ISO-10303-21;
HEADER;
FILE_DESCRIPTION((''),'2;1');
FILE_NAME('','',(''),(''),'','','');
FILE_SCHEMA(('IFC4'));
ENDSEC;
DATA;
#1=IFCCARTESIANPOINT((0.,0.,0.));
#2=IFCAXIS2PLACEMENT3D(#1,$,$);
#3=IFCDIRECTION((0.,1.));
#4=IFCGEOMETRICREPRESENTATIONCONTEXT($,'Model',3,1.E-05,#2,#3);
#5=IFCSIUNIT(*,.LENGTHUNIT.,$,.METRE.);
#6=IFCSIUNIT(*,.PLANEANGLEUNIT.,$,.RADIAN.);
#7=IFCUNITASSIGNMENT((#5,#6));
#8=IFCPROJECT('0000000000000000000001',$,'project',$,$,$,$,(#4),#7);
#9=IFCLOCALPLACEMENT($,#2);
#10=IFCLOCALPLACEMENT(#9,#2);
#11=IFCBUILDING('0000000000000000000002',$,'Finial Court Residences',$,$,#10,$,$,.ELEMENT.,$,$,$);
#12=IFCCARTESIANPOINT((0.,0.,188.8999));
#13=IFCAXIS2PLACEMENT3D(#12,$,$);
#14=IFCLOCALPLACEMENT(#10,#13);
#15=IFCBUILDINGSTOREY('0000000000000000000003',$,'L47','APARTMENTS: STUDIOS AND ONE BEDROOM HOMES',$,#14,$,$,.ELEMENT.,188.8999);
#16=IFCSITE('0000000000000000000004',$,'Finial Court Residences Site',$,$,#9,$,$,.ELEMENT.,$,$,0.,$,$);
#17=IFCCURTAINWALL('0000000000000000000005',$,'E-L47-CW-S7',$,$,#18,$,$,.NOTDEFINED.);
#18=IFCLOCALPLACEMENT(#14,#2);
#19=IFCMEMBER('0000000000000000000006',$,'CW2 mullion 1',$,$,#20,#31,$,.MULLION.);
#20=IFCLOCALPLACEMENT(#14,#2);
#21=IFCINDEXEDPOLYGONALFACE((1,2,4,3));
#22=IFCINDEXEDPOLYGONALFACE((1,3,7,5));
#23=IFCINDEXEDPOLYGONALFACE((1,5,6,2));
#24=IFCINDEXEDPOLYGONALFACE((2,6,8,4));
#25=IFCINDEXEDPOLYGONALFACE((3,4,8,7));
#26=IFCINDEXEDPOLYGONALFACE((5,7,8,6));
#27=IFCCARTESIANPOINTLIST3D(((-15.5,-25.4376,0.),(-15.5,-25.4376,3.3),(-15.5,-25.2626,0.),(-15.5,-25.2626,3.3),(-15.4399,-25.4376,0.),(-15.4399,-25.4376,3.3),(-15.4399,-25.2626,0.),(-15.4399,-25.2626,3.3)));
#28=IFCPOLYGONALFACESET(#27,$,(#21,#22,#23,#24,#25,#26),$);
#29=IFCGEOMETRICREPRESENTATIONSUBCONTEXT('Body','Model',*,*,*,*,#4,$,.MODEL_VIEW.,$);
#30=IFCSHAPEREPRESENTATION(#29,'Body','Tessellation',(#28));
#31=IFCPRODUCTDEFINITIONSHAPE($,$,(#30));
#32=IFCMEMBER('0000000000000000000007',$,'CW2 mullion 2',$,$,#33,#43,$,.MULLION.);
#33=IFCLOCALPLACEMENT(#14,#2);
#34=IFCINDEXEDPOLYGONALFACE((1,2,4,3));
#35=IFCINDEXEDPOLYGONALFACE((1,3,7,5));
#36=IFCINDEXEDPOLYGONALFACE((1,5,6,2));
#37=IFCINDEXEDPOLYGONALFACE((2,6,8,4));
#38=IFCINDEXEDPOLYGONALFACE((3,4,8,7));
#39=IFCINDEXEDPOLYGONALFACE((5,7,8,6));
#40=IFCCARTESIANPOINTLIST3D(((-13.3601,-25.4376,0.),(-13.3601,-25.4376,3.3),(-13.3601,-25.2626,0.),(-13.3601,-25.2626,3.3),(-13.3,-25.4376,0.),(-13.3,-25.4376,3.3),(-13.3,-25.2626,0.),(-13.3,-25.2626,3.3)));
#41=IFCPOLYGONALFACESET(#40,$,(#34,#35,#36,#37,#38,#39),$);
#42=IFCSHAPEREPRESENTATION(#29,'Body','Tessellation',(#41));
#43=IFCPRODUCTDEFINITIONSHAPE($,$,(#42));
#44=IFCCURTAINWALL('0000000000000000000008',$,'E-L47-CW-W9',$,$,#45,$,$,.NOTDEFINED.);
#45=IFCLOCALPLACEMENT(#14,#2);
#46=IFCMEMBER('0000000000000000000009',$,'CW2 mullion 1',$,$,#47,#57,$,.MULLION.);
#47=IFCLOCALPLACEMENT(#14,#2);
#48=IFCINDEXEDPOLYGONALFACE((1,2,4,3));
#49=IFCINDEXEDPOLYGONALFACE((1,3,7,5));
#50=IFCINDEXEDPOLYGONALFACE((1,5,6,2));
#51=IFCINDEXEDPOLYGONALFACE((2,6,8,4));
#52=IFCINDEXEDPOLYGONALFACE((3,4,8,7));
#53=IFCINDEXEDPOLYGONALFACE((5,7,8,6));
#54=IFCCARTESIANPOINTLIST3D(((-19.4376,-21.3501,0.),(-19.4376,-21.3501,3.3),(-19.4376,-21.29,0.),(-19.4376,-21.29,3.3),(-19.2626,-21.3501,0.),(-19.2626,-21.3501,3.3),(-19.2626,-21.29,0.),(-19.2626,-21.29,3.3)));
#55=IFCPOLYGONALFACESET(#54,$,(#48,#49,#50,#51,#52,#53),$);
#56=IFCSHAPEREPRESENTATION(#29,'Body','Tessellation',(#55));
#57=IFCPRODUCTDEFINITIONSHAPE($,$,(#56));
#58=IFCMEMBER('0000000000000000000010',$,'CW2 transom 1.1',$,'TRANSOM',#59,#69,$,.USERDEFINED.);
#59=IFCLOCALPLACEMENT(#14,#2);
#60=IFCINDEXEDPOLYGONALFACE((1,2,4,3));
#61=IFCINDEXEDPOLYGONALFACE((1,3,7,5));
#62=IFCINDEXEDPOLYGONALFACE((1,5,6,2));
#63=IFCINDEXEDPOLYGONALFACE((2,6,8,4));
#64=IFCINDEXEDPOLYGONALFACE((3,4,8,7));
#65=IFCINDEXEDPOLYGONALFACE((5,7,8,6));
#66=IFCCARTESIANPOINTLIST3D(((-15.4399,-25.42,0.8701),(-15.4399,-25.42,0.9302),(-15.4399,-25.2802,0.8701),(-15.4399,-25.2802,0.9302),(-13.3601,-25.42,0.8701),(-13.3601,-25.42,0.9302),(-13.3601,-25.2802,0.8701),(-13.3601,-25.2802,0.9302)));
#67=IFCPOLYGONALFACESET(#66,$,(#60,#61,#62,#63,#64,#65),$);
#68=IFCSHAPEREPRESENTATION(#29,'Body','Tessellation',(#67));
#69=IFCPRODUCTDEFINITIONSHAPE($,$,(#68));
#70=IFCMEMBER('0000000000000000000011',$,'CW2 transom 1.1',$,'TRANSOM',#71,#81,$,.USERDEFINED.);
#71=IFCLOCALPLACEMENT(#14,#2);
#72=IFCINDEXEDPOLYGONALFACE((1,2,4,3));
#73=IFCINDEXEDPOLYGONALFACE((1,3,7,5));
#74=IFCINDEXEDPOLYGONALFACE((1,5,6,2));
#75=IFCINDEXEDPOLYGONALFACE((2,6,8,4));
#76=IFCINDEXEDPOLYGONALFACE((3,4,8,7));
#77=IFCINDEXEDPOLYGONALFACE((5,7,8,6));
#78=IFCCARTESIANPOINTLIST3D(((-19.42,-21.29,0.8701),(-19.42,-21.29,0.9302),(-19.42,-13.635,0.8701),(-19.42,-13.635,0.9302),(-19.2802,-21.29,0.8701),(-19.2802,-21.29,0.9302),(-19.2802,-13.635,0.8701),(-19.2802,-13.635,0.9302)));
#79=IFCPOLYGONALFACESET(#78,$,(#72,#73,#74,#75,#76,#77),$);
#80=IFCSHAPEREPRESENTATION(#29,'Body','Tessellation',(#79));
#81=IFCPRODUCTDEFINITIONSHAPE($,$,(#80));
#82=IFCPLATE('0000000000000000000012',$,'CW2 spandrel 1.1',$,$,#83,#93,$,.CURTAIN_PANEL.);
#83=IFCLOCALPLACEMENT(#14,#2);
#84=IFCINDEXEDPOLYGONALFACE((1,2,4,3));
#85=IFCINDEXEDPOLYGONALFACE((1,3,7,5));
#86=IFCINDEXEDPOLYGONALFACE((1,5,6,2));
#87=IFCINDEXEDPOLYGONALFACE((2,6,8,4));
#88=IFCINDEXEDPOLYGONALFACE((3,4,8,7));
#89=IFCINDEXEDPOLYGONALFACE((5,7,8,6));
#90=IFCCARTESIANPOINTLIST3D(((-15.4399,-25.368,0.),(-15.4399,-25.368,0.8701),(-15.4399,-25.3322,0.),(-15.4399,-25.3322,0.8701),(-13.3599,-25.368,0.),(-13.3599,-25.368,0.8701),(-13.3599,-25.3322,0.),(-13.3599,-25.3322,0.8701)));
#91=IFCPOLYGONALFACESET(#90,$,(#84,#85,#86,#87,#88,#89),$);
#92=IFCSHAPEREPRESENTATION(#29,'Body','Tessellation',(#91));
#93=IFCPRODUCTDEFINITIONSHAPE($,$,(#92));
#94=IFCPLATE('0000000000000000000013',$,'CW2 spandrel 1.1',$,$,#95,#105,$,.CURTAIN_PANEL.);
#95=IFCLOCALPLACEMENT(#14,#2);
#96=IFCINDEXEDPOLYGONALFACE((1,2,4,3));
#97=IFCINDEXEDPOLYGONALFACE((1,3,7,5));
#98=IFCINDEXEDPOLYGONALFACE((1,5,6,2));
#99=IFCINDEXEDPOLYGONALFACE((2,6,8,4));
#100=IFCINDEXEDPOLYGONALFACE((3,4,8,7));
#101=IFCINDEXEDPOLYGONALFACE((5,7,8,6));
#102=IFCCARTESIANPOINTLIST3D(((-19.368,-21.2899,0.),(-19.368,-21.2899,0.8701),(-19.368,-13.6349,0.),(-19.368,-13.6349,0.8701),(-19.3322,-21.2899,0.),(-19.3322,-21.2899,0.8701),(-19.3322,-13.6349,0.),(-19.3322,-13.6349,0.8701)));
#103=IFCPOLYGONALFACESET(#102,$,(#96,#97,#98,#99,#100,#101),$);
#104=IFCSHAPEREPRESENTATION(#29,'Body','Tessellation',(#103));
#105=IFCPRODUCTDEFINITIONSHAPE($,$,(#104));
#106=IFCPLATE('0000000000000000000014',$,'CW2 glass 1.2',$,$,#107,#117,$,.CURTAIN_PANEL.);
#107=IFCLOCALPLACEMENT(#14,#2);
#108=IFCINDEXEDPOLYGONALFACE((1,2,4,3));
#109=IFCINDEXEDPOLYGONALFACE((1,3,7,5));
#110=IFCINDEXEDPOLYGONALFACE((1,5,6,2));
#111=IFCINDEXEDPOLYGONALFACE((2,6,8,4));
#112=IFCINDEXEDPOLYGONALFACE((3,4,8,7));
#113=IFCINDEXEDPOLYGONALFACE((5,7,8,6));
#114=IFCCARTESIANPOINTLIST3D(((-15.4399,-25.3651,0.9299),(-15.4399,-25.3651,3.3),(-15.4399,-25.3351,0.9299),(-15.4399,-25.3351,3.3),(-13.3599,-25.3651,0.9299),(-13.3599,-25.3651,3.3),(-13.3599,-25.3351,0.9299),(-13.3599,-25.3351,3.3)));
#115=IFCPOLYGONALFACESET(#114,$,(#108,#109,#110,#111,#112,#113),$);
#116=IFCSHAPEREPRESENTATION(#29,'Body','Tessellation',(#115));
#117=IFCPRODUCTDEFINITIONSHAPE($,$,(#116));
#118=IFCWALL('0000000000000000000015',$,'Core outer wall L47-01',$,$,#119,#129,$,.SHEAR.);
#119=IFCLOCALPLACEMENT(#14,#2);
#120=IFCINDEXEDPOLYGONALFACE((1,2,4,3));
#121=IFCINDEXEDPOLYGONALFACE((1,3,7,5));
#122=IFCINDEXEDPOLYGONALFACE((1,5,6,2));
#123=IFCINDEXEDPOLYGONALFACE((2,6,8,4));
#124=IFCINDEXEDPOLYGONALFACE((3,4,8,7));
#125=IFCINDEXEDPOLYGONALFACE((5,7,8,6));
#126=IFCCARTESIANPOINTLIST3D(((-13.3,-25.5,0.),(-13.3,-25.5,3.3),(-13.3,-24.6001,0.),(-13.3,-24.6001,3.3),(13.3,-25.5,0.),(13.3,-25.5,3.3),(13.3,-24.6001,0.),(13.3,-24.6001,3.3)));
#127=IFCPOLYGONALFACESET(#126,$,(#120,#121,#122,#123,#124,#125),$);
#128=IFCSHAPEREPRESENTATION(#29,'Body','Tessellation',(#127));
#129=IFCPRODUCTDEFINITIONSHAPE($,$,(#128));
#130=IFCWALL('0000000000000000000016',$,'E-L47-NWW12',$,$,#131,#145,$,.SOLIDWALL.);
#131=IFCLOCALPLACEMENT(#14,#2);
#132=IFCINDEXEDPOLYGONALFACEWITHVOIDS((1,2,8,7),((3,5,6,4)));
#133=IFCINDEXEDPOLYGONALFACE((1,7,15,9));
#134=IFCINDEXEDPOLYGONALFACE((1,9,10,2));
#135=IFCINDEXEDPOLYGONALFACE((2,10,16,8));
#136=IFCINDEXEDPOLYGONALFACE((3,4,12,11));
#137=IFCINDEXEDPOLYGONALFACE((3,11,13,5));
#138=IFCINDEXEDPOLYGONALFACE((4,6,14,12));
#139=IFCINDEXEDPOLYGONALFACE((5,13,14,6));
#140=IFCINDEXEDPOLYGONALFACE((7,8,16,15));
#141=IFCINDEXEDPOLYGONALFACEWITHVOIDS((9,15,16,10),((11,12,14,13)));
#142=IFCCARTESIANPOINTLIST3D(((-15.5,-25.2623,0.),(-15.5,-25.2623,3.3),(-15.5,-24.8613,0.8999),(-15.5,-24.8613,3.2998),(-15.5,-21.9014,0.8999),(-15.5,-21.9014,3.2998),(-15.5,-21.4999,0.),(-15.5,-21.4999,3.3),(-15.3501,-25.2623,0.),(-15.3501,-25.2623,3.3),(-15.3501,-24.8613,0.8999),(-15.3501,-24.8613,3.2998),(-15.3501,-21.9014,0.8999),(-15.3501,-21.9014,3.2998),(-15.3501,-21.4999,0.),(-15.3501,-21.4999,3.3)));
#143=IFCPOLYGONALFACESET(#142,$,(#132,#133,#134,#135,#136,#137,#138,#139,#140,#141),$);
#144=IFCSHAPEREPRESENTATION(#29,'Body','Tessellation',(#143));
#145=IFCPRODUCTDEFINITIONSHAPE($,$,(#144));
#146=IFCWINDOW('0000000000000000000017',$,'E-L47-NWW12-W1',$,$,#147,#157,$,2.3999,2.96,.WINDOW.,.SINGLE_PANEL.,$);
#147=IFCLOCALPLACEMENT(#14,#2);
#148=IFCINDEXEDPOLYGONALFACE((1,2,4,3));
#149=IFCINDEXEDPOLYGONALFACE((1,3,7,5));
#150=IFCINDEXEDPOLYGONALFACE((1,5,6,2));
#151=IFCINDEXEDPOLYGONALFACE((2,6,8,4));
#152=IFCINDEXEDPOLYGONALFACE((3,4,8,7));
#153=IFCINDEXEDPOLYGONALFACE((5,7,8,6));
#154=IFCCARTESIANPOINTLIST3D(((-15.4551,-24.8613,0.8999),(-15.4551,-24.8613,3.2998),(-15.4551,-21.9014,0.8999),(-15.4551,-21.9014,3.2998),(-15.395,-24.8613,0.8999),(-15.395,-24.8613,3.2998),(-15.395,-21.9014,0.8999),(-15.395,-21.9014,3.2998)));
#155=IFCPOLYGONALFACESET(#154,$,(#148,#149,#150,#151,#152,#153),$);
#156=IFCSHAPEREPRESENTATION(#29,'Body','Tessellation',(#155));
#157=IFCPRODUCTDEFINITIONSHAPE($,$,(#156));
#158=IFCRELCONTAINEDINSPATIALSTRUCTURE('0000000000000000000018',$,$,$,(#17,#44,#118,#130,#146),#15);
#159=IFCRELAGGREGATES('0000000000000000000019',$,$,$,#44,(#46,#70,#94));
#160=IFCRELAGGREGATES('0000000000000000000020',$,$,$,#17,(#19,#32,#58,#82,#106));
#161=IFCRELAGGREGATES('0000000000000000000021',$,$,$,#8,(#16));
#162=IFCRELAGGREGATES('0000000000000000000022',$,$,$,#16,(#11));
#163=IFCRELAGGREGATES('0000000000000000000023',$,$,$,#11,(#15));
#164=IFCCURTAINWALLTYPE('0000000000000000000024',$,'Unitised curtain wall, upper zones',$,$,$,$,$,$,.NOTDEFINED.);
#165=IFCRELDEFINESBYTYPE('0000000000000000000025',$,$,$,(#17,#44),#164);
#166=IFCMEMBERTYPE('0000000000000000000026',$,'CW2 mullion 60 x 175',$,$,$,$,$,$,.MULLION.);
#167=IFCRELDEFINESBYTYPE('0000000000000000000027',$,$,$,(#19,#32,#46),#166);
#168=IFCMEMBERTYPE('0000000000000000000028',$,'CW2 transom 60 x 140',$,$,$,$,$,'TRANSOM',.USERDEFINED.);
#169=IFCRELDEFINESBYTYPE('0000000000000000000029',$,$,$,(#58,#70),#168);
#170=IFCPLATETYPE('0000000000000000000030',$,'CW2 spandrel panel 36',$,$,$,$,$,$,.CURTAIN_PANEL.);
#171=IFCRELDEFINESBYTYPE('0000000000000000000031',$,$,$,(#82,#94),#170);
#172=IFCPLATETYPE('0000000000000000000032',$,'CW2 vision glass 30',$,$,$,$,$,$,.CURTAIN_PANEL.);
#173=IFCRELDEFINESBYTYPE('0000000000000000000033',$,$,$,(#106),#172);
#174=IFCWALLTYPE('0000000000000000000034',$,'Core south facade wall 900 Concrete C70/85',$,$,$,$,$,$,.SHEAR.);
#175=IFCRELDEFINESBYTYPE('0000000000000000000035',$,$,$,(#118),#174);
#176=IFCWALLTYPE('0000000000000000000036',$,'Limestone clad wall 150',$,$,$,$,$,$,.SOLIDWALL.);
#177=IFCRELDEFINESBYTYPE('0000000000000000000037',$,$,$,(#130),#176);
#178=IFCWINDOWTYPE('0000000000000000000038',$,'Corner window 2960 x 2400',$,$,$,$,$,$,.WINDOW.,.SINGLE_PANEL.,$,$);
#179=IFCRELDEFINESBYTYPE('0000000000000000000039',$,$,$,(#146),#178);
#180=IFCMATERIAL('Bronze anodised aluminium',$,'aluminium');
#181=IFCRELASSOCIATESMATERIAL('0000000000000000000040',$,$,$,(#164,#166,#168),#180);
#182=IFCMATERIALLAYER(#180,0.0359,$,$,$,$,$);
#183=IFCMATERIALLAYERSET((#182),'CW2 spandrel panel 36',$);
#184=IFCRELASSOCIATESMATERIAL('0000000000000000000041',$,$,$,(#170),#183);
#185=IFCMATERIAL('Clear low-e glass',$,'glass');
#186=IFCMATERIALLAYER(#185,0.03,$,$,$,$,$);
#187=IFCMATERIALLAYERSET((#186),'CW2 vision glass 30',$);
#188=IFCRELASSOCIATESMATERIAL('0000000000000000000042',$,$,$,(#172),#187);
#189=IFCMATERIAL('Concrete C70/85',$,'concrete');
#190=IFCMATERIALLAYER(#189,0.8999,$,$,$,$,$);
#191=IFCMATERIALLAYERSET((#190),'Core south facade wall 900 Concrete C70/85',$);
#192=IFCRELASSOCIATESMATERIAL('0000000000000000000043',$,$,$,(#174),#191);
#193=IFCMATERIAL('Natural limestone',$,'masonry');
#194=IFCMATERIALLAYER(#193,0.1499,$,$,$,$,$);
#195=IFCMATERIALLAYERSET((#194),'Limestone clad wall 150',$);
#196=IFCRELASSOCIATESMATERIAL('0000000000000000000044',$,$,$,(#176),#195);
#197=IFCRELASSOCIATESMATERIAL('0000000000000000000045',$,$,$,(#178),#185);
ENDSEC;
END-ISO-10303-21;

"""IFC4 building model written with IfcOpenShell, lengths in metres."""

from ifc_helpers import new_model, si_unit, direction, frame, frame_2d, origin, origin_2d, place, context, subcontext, project, spatial, rectangle, extrude, material, layer, layer_set, material_profile, profile_set, type_object, element, fill, aggregate, save


model = new_model("IFC4")

# Units and contexts
model_context = context("Model", 3, precision=1e-05, world=origin(), true_north=direction((0.0, 1.0)))
body_context = subcontext(model_context, "Body", "Model", "MODEL_VIEW")
ifc_project = project(units=[si_unit("LENGTHUNIT", "METRE"), si_unit("PLANEANGLEUNIT", "RADIAN")], contexts=[model_context])

# Site, building, storey
site_placement = place(None, origin())
site = spatial("IfcSite", under=ifc_project, at=site_placement, Name="Finial Court Residences Site", CompositionType="ELEMENT", RefElevation=0.0)
building_placement = place(site_placement, origin())
building = spatial("IfcBuilding", under=site, at=building_placement, Name="Finial Court Residences", CompositionType="ELEMENT")
storey_placement = place(building_placement, frame((0.0, 0.0, 188.8999)))
storey = spatial("IfcBuildingStorey", under=building, at=storey_placement, Name="L47", Description="APARTMENTS: STUDIOS AND ONE BEDROOM HOMES", CompositionType="ELEMENT", Elevation=188.8999)

# Curtain wall, members
ifc_material_1 = material(Name="Bronze anodised aluminium", Category="aluminium")
curtain_wall_type = type_object("IfcCurtainWallType", Name="Unitised curtain wall, upper zones", PredefinedType="NOTDEFINED", material=ifc_material_1)
curtain_wall_1_placement = place(storey_placement, origin())
curtain_wall_1 = element("IfcCurtainWall", 1, at=curtain_wall_1_placement, inside=storey, type_object=curtain_wall_type, Name="E-L47-CW-S7", PredefinedType="NOTDEFINED")
ifc_material_profile_1 = material_profile(ifc_material_1, rectangle(XDim=0.175, YDim=0.0601, at=origin_2d()), Name="CW2 mullion 60 x 175")
ifc_profile_set_1 = profile_set([ifc_material_profile_1], Name="Bronze anodised aluminium")
member_type_1 = type_object("IfcMemberType", Name="CW2 mullion 60 x 175", PredefinedType="MULLION", material=ifc_profile_set_1)
member_1_placement = place(storey_placement, frame((-15.47, -25.3501, 0.0), z_axis=(0.0, 0.0, 1.0), x_axis=(0.0, 1.0, 0.0)))
member_1 = element("IfcMember", 2, at=member_1_placement, type_object=member_type_1, Name="CW2 mullion 1", PredefinedType="MULLION", context=body_context, shape_type="SweptSolid", body=[
    extrude(rectangle(XDim=0.175, YDim=0.0601, at=origin_2d()), origin(), (0.0, 0.0, 1.0), 3.3),
])
member_2_placement = place(storey_placement, frame((-13.3301, -25.3501, 0.0), z_axis=(0.0, 0.0, 1.0), x_axis=(0.0, 1.0, 0.0)))
member_2 = element("IfcMember", 3, at=member_2_placement, type_object=member_type_1, Name="CW2 mullion 2", PredefinedType="MULLION", context=body_context, shape_type="SweptSolid", body=[
    extrude(rectangle(XDim=0.175, YDim=0.0601, at=origin_2d()), origin(), (0.0, 0.0, 1.0), 3.3),
])

# Curtain wall, member
curtain_wall_2_placement = place(storey_placement, origin())
curtain_wall_2 = element("IfcCurtainWall", 4, at=curtain_wall_2_placement, inside=storey, type_object=curtain_wall_type, Name="E-L47-CW-W9", PredefinedType="NOTDEFINED")
member_3_placement = place(storey_placement, frame((-19.3501, -21.3201, 0.0), z_axis=(0.0, 0.0, 1.0), x_axis=(-1.0, 0.0, 0.0)))
member_3 = element("IfcMember", 5, at=member_3_placement, type_object=member_type_1, Name="CW2 mullion 1", PredefinedType="MULLION", context=body_context, shape_type="SweptSolid", body=[
    extrude(rectangle(XDim=0.175, YDim=0.0601, at=origin_2d()), origin(), (0.0, 0.0, 1.0), 3.3),
])

# Members
ifc_material_profile_2 = material_profile(ifc_material_1, rectangle(XDim=0.1399, YDim=0.0601, at=origin_2d()), Name="CW2 transom 60 x 140")
ifc_profile_set_2 = profile_set([ifc_material_profile_2], Name="Bronze anodised aluminium")
member_type_2 = type_object("IfcMemberType", Name="CW2 transom 60 x 140", ElementType="TRANSOM", PredefinedType="USERDEFINED", material=ifc_profile_set_2)
member_4_placement = place(storey_placement, frame((-15.4399, -25.3501, 0.9001), z_axis=(1.0, 0.0, 0.0), x_axis=(0.0, 1.0, 0.0)))
member_4 = element("IfcMember", 6, at=member_4_placement, type_object=member_type_2, Name="CW2 transom 1.1", ObjectType="TRANSOM", PredefinedType="USERDEFINED", context=body_context, shape_type="SweptSolid", body=[
    extrude(rectangle(XDim=0.1399, YDim=0.0601, at=origin_2d()), origin(), (0.0, 0.0, 1.0), 2.0798),
])
member_5_placement = place(storey_placement, frame((-19.3501, -21.29, 0.9001), z_axis=(0.0, 1.0, 0.0), x_axis=(-1.0, 0.0, 0.0)))
member_5 = element("IfcMember", 7, at=member_5_placement, type_object=member_type_2, Name="CW2 transom 1.1", ObjectType="TRANSOM", PredefinedType="USERDEFINED", context=body_context, shape_type="SweptSolid", body=[
    extrude(rectangle(XDim=0.1399, YDim=0.0601, at=origin_2d()), origin(), (0.0, 0.0, 1.0), 7.655),
])

# Plates
ifc_layer_1 = layer(ifc_material_1, 0.0359)
ifc_layer_set_1 = layer_set([ifc_layer_1], Name="CW2 spandrel panel 36")
plate_type_1 = type_object("IfcPlateType", Name="CW2 spandrel panel 36", PredefinedType="CURTAIN_PANEL", material=ifc_layer_set_1)
plate_1_placement = place(storey_placement, frame((-14.3999, -25.3501, 0.0), z_axis=(0.0, 0.0, 1.0), x_axis=(1.0, 0.0, 0.0)))
plate_1 = element("IfcPlate", 8, at=plate_1_placement, type_object=plate_type_1, Name="CW2 spandrel 1.1", PredefinedType="CURTAIN_PANEL", context=body_context, shape_type="SweptSolid", body=[
    extrude(rectangle(XDim=2.0801, YDim=0.0359, at=origin_2d()), origin(), (0.0, 0.0, 1.0), 0.8701),
])
plate_2_placement = place(storey_placement, frame((-19.3501, -17.4624, 0.0), z_axis=(0.0, 0.0, 1.0), x_axis=(0.0, 1.0, 0.0)))
plate_2 = element("IfcPlate", 9, at=plate_2_placement, type_object=plate_type_1, Name="CW2 spandrel 1.1", PredefinedType="CURTAIN_PANEL", context=body_context, shape_type="SweptSolid", body=[
    extrude(rectangle(XDim=7.655, YDim=0.0359, at=origin_2d()), origin(), (0.0, 0.0, 1.0), 0.8701),
])
aggregate(curtain_wall_2, [member_3, member_5, plate_2])
ifc_material_2 = material(Name="Clear low-e glass", Category="glass")
ifc_layer_2 = layer(ifc_material_2, 0.03)
ifc_layer_set_2 = layer_set([ifc_layer_2], Name="CW2 vision glass 30")
plate_type_2 = type_object("IfcPlateType", Name="CW2 vision glass 30", PredefinedType="CURTAIN_PANEL", material=ifc_layer_set_2)
plate_3_placement = place(storey_placement, frame((-14.3999, -25.3501, 0.9299), z_axis=(0.0, 0.0, 1.0), x_axis=(1.0, 0.0, 0.0)))
plate_3 = element("IfcPlate", 10, at=plate_3_placement, type_object=plate_type_2, Name="CW2 glass 1.2", PredefinedType="CURTAIN_PANEL", context=body_context, shape_type="SweptSolid", body=[
    extrude(rectangle(XDim=2.0801, YDim=0.03, at=origin_2d()), origin(), (0.0, 0.0, 1.0), 2.3701),
])
aggregate(curtain_wall_1, [member_1, member_2, member_4, plate_1, plate_3])

# Wall
ifc_material_3 = material(Name="Concrete C70/85", Category="concrete")
ifc_layer_3 = layer(ifc_material_3, 0.8999)
ifc_layer_set_3 = layer_set([ifc_layer_3], Name="Core south facade wall 900 Concrete C70/85")
wall_type_1 = type_object("IfcWallType", Name="Core south facade wall 900 Concrete C70/85", PredefinedType="SHEAR", material=ifc_layer_set_3)
wall_1_placement = place(storey_placement, frame((-13.3, -25.05, 0.0), z_axis=(0.0, 0.0, 1.0), x_axis=(1.0, 0.0, 0.0)))
element("IfcWall", 11, at=wall_1_placement, inside=storey, type_object=wall_type_1, Name="Core outer wall L47-01", PredefinedType="SHEAR", context=body_context, shape_type="SweptSolid", body=[
    extrude(rectangle(XDim=26.6001, YDim=0.8999, at=frame_2d((13.3, 0.0))), origin(), (0.0, 0.0, 1.0), 3.3),
])

# Wall, opening, window
ifc_material_4 = material(Name="Natural limestone", Category="masonry")
ifc_layer_4 = layer(ifc_material_4, 0.1499)
ifc_layer_set_4 = layer_set([ifc_layer_4], Name="Limestone clad wall 150")
wall_type_2 = type_object("IfcWallType", Name="Limestone clad wall 150", PredefinedType="SOLIDWALL", material=ifc_layer_set_4)
wall_2_placement = place(storey_placement, frame((-15.425, -25.2625, 0.0), z_axis=(0.0, 0.0, 1.0), x_axis=(0.0, 1.0, 0.0)))
wall_2 = element("IfcWall", 12, at=wall_2_placement, inside=storey, type_object=wall_type_2, Name="E-L47-NWW12", PredefinedType="SOLIDWALL", context=body_context, shape_type="SweptSolid", body=[
    extrude(rectangle(XDim=3.7625, YDim=0.1499, at=frame_2d((1.8813, 0.0))), origin(), (0.0, 0.0, 1.0), 3.3),
])
opening_1_placement = place(wall_2_placement, frame((0.4011, 0.0, 0.8999)))
opening_1 = element("IfcOpeningElement", 13, at=opening_1_placement, cuts=wall_2, PredefinedType="OPENING", context=body_context, shape_type="SweptSolid", body=[
    extrude(rectangle(XDim=2.96, YDim=2.3999, at=frame_2d((1.48, 1.2))), frame((0.0, 0.085, 0.0), z_axis=(0.0, -1.0, 0.0), x_axis=(1.0, 0.0, 0.0)), (0.0, 0.0, 1.0), 0.1699),
])
window_type_1 = type_object("IfcWindowType", Name="Corner window 2960 x 2400", PartitioningType="SINGLE_PANEL", PredefinedType="WINDOW", material=ifc_material_2)
window_1_placement = place(opening_1_placement, origin())
window_1 = element("IfcWindow", 14, at=window_1_placement, inside=storey, type_object=window_type_1, Name="E-L47-NWW12-W1", OverallHeight=2.3999, OverallWidth=2.96, PartitioningType="SINGLE_PANEL", PredefinedType="WINDOW", context=body_context, shape_type="SweptSolid", body=[
    extrude(rectangle(XDim=2.96, YDim=2.3999, at=frame_2d((1.48, 1.2))), frame((0.0, 0.03, 0.0), z_axis=(0.0, -1.0, 0.0), x_axis=(1.0, 0.0, 0.0)), (0.0, 0.0, 1.0), 0.0601),
])
fill(opening_1, window_1)

save(model, "model.ifc")
